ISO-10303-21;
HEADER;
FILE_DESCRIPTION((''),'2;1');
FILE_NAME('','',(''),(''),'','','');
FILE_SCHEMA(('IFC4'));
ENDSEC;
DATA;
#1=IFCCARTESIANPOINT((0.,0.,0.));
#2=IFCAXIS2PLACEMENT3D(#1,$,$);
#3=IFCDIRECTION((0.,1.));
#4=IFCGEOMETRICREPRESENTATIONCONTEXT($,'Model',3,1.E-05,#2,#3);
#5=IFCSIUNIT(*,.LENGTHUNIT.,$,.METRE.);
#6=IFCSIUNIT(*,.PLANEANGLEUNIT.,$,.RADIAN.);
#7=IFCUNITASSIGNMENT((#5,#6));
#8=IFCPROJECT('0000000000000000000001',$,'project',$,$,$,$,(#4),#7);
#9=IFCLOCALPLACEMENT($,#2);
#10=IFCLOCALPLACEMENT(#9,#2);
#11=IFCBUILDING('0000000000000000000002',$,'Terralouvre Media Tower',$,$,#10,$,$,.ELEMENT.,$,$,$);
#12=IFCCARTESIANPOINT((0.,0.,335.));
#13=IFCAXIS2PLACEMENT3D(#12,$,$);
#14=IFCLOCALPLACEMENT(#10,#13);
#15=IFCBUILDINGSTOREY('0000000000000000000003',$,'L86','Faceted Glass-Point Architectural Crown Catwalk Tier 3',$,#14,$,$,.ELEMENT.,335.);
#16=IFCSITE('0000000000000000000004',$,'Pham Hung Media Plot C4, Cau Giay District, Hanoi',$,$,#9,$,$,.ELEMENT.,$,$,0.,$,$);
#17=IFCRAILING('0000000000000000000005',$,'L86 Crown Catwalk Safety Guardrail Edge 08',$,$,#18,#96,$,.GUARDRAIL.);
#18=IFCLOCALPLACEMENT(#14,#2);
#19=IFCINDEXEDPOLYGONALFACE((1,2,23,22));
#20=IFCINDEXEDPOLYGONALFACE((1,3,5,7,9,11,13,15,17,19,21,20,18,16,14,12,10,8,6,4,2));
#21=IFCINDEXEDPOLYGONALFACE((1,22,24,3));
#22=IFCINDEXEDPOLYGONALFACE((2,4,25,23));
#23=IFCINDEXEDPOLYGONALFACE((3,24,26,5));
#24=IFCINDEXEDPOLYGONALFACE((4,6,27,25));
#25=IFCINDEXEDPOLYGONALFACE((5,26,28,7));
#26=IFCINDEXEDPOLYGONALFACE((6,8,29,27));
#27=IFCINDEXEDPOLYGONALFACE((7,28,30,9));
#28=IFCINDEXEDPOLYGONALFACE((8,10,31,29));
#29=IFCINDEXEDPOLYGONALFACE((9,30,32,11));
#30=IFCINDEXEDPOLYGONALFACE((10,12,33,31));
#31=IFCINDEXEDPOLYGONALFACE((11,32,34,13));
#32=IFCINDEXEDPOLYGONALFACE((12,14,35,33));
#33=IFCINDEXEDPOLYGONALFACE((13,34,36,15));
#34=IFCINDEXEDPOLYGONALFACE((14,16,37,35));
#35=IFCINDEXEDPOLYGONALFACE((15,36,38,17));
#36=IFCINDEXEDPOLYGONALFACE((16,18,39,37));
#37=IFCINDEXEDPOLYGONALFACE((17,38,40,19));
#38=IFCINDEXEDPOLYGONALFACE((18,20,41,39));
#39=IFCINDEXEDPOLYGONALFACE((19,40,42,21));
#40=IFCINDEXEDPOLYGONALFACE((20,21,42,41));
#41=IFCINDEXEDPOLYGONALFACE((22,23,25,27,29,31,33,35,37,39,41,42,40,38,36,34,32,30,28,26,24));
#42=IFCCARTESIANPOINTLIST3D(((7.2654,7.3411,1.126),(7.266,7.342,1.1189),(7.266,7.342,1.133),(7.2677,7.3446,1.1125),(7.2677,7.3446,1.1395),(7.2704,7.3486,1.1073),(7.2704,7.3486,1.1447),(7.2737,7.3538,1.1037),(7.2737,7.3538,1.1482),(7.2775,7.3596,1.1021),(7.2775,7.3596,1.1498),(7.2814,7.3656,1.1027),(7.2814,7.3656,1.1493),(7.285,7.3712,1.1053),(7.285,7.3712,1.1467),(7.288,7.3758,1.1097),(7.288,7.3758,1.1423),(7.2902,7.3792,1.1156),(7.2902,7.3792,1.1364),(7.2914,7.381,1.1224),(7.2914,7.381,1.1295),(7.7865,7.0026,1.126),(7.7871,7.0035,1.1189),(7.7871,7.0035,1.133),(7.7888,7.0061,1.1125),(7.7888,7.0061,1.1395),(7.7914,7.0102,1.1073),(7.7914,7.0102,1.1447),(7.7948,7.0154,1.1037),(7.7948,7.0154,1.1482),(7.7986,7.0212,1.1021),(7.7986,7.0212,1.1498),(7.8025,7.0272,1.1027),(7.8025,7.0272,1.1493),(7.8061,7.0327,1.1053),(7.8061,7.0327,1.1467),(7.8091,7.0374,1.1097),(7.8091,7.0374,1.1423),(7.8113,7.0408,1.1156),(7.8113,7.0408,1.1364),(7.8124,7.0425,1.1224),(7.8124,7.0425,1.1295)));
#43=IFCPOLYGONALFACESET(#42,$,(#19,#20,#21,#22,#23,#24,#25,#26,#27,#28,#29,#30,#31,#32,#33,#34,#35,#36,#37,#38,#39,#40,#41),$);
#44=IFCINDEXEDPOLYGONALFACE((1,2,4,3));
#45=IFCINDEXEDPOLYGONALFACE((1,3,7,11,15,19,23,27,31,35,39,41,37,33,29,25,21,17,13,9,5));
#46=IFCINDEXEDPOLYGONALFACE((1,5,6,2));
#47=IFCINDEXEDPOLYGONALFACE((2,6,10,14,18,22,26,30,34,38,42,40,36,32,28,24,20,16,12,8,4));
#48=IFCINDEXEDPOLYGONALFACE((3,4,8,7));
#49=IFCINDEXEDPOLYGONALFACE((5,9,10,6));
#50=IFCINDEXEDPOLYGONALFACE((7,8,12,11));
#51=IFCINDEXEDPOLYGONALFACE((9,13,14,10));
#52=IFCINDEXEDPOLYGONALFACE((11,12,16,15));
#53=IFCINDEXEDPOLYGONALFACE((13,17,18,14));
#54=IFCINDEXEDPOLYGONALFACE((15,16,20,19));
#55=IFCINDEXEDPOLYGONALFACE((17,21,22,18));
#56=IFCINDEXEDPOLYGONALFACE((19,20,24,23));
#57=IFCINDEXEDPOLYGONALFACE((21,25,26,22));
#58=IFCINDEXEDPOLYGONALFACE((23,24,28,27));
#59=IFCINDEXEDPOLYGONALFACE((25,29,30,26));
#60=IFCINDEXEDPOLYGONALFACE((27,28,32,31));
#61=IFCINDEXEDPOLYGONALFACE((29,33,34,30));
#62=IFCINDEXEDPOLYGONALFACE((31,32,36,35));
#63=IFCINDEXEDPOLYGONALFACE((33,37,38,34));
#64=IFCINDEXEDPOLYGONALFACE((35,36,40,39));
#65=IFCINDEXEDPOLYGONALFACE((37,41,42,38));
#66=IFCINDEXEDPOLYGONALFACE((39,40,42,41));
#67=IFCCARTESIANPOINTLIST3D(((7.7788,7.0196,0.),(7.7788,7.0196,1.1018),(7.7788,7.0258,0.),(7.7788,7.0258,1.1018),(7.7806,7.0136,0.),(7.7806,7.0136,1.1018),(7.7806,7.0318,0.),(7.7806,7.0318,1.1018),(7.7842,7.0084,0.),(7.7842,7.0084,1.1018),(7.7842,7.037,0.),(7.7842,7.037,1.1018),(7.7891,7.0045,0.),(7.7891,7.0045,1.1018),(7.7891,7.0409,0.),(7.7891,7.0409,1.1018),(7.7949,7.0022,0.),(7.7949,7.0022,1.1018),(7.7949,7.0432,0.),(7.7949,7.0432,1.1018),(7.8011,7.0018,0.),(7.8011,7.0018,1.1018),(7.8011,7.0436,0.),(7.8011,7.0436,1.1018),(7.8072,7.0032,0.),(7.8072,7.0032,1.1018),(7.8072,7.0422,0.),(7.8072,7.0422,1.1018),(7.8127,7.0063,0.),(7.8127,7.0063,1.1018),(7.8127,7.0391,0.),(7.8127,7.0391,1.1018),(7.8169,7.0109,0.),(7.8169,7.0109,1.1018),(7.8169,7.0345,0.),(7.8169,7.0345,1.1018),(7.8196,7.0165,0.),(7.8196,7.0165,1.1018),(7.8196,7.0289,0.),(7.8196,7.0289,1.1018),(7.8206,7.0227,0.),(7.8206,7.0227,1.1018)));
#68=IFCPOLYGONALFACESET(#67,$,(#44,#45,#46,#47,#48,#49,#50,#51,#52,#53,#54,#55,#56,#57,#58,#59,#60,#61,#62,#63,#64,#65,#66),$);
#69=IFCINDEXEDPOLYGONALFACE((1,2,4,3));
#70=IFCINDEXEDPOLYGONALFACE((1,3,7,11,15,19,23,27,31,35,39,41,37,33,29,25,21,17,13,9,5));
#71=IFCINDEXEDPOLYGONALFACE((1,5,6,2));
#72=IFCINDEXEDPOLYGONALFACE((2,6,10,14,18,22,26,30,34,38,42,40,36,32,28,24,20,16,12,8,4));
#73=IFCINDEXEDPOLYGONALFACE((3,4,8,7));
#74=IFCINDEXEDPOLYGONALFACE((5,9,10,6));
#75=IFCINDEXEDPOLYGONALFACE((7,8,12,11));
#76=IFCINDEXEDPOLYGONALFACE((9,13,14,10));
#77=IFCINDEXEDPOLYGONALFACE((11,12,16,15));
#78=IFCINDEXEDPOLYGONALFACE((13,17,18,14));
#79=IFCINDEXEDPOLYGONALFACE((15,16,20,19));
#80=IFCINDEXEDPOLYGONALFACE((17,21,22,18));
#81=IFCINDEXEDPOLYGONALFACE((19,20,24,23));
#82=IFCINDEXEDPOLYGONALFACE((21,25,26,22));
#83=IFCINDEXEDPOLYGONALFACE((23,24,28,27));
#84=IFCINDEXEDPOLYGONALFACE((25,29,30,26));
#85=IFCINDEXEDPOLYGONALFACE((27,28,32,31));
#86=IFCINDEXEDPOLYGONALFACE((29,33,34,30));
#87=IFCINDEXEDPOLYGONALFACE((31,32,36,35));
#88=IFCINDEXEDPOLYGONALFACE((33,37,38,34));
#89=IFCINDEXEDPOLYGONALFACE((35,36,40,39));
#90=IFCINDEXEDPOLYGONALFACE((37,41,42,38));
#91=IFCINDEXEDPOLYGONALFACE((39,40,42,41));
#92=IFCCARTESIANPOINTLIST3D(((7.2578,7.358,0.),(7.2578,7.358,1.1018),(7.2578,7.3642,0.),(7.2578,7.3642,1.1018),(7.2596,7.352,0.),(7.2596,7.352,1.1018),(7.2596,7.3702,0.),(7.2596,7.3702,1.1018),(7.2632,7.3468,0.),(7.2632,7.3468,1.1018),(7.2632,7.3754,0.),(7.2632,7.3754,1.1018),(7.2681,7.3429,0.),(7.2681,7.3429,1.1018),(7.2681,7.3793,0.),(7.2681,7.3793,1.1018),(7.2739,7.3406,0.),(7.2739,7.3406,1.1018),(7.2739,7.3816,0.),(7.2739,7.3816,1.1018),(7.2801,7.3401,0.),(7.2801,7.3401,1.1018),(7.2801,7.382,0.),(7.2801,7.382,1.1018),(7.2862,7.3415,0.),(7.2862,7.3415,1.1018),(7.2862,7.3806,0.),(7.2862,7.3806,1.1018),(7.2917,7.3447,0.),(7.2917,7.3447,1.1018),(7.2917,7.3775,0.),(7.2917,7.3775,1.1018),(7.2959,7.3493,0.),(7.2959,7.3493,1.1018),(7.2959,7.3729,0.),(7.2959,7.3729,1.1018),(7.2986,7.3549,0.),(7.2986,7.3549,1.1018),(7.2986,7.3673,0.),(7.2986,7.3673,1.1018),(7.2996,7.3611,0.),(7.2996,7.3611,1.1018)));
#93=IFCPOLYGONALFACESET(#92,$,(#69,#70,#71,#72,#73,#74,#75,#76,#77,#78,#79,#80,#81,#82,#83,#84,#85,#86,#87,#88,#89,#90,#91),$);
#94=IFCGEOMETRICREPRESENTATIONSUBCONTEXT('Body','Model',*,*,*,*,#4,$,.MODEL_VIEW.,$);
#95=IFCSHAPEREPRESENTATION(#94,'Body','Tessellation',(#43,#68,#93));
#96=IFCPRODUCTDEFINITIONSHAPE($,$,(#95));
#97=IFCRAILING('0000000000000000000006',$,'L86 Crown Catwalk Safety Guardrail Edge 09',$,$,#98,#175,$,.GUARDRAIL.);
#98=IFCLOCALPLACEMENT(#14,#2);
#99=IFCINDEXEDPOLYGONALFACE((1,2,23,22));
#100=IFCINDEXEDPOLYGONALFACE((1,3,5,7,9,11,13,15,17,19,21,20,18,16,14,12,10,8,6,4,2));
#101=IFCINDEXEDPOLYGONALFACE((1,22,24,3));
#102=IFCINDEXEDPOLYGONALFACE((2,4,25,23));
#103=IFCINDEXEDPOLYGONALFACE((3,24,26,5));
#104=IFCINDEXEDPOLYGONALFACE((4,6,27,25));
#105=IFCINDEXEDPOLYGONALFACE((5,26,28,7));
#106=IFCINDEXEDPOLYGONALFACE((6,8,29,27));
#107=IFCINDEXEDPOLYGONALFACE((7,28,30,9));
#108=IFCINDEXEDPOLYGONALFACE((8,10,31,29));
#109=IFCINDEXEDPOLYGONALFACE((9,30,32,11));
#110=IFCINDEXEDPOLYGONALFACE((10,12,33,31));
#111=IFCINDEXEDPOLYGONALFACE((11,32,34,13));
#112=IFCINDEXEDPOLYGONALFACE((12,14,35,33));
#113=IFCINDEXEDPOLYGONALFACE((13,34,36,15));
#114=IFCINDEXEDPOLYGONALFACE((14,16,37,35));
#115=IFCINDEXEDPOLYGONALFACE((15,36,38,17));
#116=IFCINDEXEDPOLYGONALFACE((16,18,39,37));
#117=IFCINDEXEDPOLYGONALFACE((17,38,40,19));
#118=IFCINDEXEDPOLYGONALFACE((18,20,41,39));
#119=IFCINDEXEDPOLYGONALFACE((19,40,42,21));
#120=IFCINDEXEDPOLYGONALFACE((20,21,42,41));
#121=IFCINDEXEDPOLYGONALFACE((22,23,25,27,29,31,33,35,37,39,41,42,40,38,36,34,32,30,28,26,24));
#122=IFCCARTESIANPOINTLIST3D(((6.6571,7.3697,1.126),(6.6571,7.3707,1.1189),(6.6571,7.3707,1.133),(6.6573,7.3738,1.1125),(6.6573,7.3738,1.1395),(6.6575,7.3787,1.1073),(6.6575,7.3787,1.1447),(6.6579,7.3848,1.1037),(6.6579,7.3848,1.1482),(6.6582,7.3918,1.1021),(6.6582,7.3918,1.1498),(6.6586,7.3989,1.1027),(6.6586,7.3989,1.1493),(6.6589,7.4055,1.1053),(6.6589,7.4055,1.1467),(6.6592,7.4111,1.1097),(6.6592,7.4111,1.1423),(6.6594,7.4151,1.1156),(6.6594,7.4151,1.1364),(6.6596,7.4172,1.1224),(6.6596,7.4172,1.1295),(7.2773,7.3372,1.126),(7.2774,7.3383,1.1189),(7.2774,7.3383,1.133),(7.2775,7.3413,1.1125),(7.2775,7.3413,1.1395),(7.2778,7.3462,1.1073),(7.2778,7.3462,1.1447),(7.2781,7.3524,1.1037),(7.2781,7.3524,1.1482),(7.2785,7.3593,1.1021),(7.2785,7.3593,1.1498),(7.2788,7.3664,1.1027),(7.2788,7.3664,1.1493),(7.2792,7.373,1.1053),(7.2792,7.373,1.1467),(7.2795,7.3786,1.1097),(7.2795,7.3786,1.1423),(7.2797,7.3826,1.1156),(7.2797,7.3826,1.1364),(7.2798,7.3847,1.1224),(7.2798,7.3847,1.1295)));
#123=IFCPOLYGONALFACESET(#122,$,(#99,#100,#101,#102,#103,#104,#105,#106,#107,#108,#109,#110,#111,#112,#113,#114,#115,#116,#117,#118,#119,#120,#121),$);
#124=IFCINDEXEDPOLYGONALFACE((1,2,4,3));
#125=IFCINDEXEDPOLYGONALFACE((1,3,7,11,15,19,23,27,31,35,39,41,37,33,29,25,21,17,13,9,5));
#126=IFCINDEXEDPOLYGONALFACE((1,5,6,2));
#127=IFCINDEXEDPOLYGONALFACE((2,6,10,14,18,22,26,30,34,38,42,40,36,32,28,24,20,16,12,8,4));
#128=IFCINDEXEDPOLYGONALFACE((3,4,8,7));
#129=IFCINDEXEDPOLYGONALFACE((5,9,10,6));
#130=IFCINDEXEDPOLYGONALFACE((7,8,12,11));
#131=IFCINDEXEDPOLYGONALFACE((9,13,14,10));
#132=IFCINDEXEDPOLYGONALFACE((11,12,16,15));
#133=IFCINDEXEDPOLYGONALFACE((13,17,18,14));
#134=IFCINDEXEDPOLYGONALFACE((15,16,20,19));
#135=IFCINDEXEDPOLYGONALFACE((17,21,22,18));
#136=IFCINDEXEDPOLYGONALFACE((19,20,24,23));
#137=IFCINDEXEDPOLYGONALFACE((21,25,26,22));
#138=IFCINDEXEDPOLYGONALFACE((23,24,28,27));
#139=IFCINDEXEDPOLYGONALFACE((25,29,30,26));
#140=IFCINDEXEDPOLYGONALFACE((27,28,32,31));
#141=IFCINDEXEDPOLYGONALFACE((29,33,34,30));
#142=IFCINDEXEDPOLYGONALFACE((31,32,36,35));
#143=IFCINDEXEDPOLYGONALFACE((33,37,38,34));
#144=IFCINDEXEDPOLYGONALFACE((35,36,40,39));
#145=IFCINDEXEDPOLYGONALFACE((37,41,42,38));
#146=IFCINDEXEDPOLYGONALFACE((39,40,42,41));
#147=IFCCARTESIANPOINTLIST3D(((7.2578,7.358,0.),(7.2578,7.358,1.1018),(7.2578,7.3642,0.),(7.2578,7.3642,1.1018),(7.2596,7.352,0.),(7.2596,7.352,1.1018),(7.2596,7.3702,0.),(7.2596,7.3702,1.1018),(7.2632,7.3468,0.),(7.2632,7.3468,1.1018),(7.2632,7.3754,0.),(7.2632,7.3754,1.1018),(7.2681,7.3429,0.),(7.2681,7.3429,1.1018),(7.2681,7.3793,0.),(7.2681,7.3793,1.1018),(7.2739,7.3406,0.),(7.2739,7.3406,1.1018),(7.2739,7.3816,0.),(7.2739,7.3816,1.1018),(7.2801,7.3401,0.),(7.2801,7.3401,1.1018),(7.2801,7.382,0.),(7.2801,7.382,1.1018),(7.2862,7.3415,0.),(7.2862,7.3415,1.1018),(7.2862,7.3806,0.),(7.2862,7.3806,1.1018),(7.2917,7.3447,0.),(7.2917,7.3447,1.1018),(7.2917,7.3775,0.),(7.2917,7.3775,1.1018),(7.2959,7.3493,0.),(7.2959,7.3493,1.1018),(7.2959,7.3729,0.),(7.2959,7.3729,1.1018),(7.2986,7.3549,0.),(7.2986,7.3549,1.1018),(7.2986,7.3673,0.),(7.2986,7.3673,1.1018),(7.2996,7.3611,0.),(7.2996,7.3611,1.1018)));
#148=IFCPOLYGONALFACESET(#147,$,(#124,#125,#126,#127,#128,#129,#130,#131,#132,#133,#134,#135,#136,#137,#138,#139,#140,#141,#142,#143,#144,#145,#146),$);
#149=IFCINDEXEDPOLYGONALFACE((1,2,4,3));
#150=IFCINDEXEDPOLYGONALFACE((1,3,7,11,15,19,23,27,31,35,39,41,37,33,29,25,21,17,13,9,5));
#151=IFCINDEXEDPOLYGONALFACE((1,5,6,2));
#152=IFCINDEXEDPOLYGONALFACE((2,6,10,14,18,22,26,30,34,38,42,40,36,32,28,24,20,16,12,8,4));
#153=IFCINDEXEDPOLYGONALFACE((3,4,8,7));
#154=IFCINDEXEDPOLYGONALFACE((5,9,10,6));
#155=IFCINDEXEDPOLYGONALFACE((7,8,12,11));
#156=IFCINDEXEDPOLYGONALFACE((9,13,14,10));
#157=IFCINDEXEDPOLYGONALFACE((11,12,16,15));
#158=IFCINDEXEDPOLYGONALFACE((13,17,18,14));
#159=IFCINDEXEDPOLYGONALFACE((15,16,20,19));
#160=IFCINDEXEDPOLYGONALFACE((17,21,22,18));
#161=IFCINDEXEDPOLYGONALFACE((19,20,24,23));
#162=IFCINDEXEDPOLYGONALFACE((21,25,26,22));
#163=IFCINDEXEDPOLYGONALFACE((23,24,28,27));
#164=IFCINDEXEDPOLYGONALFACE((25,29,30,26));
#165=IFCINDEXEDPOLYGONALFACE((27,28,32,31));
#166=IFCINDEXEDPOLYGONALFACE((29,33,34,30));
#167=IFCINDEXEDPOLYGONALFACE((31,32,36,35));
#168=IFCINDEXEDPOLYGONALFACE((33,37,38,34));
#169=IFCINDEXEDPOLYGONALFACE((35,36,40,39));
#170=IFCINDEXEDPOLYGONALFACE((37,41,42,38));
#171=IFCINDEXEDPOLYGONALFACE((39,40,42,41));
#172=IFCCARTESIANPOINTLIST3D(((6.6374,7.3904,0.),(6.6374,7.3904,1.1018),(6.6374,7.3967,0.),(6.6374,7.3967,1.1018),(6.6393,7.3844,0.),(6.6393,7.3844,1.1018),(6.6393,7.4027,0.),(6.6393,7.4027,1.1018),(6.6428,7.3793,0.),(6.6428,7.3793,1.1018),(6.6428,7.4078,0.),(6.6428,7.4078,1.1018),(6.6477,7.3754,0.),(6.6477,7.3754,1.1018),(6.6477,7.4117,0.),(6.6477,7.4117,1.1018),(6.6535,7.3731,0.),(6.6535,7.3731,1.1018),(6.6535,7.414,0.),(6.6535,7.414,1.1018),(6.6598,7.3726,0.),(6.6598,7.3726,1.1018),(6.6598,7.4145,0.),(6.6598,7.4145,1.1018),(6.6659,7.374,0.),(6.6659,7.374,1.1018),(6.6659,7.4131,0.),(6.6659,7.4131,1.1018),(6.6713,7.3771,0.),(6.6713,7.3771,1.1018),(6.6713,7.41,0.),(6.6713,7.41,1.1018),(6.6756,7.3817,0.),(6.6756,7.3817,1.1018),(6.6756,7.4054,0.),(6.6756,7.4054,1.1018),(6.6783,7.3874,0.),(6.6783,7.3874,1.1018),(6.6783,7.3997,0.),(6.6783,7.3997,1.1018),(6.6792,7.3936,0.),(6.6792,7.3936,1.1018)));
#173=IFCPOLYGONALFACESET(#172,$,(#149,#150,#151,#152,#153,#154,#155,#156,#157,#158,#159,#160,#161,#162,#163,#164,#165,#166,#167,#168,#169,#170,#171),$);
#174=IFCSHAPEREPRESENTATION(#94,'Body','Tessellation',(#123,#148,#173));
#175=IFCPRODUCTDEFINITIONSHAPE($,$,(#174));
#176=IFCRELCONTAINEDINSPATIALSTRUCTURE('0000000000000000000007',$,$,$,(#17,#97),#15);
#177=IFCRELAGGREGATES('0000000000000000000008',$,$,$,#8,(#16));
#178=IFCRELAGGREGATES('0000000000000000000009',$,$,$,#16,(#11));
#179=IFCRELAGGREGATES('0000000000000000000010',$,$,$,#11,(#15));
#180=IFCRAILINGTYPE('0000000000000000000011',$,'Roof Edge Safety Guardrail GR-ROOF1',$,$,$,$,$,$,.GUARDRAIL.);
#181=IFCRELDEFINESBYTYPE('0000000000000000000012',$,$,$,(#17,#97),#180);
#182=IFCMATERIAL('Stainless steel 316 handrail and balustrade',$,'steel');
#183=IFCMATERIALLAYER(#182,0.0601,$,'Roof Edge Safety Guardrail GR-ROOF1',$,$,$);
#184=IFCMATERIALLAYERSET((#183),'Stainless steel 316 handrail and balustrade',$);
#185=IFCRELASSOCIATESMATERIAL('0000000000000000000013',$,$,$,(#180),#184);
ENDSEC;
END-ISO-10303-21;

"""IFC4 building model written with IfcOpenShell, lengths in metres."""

from ifc_helpers import new_model, si_unit, direction, frame, origin, origin_2d, place, context, subcontext, project, spatial, circle, extrude, material, layer, layer_set, type_object, element, save


model = new_model("IFC4")

# Units and contexts
model_context = context("Model", 3, precision=1e-05, world=origin(), true_north=direction((0.0, 1.0)))
body_context = subcontext(model_context, "Body", "Model", "MODEL_VIEW")
ifc_project = project(units=[si_unit("LENGTHUNIT", "METRE"), si_unit("PLANEANGLEUNIT", "RADIAN")], contexts=[model_context])

# Site, building, storey
site_placement = place(None, origin())
site = spatial("IfcSite", under=ifc_project, at=site_placement, Name="Pham Hung Media Plot C4, Cau Giay District, Hanoi", CompositionType="ELEMENT", RefElevation=0.0)
building_placement = place(site_placement, origin())
building = spatial("IfcBuilding", under=site, at=building_placement, Name="Terralouvre Media Tower", CompositionType="ELEMENT")
storey_placement = place(building_placement, frame((0.0, 0.0, 335.0)))
storey = spatial("IfcBuildingStorey", under=building, at=storey_placement, Name="L86", Description="Faceted Glass-Point Architectural Crown Catwalk Tier 3", CompositionType="ELEMENT", Elevation=335.0)

# Railings
ifc_material_1 = material(Name="Stainless steel 316 handrail and balustrade", Category="steel")
ifc_layer_1 = layer(ifc_material_1, 0.0601, Name="Roof Edge Safety Guardrail GR-ROOF1")
ifc_layer_set_1 = layer_set([ifc_layer_1], Name="Stainless steel 316 handrail and balustrade")
railing_type_1 = type_object("IfcRailingType", Name="Roof Edge Safety Guardrail GR-ROOF1", PredefinedType="GUARDRAIL", material=ifc_layer_set_1)
railing_1_placement = place(storey_placement, frame((7.7996, 7.0227, 0.0)))
element("IfcRailing", 1, at=railing_1_placement, inside=storey, type_object=railing_type_1, Name="L86 Crown Catwalk Safety Guardrail Edge 08", PredefinedType="GUARDRAIL", context=body_context, shape_type="SweptSolid", body=[
    extrude(circle(Radius=0.0239, at=origin_2d()), frame((0.0, 0.0, 1.126), z_axis=(-0.838641, 0.544684, 0.0), x_axis=(-0.544684, -0.838641, 0.0)), (0.0, 0.0, 1.0), 0.6213),
    extrude(circle(Radius=0.021, at=origin_2d()), origin(), (0.0, 0.0, 1.0), 1.1018),
    extrude(circle(Radius=0.021, at=origin_2d()), frame((-0.521, 0.3384, 0.0)), (0.0, 0.0, 1.0), 1.1018),
])
railing_2_placement = place(storey_placement, frame((7.2786, 7.3611, 0.0)))
element("IfcRailing", 2, at=railing_2_placement, inside=storey, type_object=railing_type_1, Name="L86 Crown Catwalk Safety Guardrail Edge 09", PredefinedType="GUARDRAIL", context=body_context, shape_type="SweptSolid", body=[
    extrude(circle(Radius=0.0239, at=origin_2d()), frame((0.0, 0.0, 1.126), z_axis=(-0.998633, 0.05227, 0.0), x_axis=(-0.05227, -0.998633, 0.0)), (0.0, 0.0, 1.0), 0.6211),
    extrude(circle(Radius=0.021, at=origin_2d()), origin(), (0.0, 0.0, 1.0), 1.1018),
    extrude(circle(Radius=0.021, at=origin_2d()), frame((-0.6204, 0.0325, 0.0)), (0.0, 0.0, 1.0), 1.1018),
])

save(model, "model.ifc")
